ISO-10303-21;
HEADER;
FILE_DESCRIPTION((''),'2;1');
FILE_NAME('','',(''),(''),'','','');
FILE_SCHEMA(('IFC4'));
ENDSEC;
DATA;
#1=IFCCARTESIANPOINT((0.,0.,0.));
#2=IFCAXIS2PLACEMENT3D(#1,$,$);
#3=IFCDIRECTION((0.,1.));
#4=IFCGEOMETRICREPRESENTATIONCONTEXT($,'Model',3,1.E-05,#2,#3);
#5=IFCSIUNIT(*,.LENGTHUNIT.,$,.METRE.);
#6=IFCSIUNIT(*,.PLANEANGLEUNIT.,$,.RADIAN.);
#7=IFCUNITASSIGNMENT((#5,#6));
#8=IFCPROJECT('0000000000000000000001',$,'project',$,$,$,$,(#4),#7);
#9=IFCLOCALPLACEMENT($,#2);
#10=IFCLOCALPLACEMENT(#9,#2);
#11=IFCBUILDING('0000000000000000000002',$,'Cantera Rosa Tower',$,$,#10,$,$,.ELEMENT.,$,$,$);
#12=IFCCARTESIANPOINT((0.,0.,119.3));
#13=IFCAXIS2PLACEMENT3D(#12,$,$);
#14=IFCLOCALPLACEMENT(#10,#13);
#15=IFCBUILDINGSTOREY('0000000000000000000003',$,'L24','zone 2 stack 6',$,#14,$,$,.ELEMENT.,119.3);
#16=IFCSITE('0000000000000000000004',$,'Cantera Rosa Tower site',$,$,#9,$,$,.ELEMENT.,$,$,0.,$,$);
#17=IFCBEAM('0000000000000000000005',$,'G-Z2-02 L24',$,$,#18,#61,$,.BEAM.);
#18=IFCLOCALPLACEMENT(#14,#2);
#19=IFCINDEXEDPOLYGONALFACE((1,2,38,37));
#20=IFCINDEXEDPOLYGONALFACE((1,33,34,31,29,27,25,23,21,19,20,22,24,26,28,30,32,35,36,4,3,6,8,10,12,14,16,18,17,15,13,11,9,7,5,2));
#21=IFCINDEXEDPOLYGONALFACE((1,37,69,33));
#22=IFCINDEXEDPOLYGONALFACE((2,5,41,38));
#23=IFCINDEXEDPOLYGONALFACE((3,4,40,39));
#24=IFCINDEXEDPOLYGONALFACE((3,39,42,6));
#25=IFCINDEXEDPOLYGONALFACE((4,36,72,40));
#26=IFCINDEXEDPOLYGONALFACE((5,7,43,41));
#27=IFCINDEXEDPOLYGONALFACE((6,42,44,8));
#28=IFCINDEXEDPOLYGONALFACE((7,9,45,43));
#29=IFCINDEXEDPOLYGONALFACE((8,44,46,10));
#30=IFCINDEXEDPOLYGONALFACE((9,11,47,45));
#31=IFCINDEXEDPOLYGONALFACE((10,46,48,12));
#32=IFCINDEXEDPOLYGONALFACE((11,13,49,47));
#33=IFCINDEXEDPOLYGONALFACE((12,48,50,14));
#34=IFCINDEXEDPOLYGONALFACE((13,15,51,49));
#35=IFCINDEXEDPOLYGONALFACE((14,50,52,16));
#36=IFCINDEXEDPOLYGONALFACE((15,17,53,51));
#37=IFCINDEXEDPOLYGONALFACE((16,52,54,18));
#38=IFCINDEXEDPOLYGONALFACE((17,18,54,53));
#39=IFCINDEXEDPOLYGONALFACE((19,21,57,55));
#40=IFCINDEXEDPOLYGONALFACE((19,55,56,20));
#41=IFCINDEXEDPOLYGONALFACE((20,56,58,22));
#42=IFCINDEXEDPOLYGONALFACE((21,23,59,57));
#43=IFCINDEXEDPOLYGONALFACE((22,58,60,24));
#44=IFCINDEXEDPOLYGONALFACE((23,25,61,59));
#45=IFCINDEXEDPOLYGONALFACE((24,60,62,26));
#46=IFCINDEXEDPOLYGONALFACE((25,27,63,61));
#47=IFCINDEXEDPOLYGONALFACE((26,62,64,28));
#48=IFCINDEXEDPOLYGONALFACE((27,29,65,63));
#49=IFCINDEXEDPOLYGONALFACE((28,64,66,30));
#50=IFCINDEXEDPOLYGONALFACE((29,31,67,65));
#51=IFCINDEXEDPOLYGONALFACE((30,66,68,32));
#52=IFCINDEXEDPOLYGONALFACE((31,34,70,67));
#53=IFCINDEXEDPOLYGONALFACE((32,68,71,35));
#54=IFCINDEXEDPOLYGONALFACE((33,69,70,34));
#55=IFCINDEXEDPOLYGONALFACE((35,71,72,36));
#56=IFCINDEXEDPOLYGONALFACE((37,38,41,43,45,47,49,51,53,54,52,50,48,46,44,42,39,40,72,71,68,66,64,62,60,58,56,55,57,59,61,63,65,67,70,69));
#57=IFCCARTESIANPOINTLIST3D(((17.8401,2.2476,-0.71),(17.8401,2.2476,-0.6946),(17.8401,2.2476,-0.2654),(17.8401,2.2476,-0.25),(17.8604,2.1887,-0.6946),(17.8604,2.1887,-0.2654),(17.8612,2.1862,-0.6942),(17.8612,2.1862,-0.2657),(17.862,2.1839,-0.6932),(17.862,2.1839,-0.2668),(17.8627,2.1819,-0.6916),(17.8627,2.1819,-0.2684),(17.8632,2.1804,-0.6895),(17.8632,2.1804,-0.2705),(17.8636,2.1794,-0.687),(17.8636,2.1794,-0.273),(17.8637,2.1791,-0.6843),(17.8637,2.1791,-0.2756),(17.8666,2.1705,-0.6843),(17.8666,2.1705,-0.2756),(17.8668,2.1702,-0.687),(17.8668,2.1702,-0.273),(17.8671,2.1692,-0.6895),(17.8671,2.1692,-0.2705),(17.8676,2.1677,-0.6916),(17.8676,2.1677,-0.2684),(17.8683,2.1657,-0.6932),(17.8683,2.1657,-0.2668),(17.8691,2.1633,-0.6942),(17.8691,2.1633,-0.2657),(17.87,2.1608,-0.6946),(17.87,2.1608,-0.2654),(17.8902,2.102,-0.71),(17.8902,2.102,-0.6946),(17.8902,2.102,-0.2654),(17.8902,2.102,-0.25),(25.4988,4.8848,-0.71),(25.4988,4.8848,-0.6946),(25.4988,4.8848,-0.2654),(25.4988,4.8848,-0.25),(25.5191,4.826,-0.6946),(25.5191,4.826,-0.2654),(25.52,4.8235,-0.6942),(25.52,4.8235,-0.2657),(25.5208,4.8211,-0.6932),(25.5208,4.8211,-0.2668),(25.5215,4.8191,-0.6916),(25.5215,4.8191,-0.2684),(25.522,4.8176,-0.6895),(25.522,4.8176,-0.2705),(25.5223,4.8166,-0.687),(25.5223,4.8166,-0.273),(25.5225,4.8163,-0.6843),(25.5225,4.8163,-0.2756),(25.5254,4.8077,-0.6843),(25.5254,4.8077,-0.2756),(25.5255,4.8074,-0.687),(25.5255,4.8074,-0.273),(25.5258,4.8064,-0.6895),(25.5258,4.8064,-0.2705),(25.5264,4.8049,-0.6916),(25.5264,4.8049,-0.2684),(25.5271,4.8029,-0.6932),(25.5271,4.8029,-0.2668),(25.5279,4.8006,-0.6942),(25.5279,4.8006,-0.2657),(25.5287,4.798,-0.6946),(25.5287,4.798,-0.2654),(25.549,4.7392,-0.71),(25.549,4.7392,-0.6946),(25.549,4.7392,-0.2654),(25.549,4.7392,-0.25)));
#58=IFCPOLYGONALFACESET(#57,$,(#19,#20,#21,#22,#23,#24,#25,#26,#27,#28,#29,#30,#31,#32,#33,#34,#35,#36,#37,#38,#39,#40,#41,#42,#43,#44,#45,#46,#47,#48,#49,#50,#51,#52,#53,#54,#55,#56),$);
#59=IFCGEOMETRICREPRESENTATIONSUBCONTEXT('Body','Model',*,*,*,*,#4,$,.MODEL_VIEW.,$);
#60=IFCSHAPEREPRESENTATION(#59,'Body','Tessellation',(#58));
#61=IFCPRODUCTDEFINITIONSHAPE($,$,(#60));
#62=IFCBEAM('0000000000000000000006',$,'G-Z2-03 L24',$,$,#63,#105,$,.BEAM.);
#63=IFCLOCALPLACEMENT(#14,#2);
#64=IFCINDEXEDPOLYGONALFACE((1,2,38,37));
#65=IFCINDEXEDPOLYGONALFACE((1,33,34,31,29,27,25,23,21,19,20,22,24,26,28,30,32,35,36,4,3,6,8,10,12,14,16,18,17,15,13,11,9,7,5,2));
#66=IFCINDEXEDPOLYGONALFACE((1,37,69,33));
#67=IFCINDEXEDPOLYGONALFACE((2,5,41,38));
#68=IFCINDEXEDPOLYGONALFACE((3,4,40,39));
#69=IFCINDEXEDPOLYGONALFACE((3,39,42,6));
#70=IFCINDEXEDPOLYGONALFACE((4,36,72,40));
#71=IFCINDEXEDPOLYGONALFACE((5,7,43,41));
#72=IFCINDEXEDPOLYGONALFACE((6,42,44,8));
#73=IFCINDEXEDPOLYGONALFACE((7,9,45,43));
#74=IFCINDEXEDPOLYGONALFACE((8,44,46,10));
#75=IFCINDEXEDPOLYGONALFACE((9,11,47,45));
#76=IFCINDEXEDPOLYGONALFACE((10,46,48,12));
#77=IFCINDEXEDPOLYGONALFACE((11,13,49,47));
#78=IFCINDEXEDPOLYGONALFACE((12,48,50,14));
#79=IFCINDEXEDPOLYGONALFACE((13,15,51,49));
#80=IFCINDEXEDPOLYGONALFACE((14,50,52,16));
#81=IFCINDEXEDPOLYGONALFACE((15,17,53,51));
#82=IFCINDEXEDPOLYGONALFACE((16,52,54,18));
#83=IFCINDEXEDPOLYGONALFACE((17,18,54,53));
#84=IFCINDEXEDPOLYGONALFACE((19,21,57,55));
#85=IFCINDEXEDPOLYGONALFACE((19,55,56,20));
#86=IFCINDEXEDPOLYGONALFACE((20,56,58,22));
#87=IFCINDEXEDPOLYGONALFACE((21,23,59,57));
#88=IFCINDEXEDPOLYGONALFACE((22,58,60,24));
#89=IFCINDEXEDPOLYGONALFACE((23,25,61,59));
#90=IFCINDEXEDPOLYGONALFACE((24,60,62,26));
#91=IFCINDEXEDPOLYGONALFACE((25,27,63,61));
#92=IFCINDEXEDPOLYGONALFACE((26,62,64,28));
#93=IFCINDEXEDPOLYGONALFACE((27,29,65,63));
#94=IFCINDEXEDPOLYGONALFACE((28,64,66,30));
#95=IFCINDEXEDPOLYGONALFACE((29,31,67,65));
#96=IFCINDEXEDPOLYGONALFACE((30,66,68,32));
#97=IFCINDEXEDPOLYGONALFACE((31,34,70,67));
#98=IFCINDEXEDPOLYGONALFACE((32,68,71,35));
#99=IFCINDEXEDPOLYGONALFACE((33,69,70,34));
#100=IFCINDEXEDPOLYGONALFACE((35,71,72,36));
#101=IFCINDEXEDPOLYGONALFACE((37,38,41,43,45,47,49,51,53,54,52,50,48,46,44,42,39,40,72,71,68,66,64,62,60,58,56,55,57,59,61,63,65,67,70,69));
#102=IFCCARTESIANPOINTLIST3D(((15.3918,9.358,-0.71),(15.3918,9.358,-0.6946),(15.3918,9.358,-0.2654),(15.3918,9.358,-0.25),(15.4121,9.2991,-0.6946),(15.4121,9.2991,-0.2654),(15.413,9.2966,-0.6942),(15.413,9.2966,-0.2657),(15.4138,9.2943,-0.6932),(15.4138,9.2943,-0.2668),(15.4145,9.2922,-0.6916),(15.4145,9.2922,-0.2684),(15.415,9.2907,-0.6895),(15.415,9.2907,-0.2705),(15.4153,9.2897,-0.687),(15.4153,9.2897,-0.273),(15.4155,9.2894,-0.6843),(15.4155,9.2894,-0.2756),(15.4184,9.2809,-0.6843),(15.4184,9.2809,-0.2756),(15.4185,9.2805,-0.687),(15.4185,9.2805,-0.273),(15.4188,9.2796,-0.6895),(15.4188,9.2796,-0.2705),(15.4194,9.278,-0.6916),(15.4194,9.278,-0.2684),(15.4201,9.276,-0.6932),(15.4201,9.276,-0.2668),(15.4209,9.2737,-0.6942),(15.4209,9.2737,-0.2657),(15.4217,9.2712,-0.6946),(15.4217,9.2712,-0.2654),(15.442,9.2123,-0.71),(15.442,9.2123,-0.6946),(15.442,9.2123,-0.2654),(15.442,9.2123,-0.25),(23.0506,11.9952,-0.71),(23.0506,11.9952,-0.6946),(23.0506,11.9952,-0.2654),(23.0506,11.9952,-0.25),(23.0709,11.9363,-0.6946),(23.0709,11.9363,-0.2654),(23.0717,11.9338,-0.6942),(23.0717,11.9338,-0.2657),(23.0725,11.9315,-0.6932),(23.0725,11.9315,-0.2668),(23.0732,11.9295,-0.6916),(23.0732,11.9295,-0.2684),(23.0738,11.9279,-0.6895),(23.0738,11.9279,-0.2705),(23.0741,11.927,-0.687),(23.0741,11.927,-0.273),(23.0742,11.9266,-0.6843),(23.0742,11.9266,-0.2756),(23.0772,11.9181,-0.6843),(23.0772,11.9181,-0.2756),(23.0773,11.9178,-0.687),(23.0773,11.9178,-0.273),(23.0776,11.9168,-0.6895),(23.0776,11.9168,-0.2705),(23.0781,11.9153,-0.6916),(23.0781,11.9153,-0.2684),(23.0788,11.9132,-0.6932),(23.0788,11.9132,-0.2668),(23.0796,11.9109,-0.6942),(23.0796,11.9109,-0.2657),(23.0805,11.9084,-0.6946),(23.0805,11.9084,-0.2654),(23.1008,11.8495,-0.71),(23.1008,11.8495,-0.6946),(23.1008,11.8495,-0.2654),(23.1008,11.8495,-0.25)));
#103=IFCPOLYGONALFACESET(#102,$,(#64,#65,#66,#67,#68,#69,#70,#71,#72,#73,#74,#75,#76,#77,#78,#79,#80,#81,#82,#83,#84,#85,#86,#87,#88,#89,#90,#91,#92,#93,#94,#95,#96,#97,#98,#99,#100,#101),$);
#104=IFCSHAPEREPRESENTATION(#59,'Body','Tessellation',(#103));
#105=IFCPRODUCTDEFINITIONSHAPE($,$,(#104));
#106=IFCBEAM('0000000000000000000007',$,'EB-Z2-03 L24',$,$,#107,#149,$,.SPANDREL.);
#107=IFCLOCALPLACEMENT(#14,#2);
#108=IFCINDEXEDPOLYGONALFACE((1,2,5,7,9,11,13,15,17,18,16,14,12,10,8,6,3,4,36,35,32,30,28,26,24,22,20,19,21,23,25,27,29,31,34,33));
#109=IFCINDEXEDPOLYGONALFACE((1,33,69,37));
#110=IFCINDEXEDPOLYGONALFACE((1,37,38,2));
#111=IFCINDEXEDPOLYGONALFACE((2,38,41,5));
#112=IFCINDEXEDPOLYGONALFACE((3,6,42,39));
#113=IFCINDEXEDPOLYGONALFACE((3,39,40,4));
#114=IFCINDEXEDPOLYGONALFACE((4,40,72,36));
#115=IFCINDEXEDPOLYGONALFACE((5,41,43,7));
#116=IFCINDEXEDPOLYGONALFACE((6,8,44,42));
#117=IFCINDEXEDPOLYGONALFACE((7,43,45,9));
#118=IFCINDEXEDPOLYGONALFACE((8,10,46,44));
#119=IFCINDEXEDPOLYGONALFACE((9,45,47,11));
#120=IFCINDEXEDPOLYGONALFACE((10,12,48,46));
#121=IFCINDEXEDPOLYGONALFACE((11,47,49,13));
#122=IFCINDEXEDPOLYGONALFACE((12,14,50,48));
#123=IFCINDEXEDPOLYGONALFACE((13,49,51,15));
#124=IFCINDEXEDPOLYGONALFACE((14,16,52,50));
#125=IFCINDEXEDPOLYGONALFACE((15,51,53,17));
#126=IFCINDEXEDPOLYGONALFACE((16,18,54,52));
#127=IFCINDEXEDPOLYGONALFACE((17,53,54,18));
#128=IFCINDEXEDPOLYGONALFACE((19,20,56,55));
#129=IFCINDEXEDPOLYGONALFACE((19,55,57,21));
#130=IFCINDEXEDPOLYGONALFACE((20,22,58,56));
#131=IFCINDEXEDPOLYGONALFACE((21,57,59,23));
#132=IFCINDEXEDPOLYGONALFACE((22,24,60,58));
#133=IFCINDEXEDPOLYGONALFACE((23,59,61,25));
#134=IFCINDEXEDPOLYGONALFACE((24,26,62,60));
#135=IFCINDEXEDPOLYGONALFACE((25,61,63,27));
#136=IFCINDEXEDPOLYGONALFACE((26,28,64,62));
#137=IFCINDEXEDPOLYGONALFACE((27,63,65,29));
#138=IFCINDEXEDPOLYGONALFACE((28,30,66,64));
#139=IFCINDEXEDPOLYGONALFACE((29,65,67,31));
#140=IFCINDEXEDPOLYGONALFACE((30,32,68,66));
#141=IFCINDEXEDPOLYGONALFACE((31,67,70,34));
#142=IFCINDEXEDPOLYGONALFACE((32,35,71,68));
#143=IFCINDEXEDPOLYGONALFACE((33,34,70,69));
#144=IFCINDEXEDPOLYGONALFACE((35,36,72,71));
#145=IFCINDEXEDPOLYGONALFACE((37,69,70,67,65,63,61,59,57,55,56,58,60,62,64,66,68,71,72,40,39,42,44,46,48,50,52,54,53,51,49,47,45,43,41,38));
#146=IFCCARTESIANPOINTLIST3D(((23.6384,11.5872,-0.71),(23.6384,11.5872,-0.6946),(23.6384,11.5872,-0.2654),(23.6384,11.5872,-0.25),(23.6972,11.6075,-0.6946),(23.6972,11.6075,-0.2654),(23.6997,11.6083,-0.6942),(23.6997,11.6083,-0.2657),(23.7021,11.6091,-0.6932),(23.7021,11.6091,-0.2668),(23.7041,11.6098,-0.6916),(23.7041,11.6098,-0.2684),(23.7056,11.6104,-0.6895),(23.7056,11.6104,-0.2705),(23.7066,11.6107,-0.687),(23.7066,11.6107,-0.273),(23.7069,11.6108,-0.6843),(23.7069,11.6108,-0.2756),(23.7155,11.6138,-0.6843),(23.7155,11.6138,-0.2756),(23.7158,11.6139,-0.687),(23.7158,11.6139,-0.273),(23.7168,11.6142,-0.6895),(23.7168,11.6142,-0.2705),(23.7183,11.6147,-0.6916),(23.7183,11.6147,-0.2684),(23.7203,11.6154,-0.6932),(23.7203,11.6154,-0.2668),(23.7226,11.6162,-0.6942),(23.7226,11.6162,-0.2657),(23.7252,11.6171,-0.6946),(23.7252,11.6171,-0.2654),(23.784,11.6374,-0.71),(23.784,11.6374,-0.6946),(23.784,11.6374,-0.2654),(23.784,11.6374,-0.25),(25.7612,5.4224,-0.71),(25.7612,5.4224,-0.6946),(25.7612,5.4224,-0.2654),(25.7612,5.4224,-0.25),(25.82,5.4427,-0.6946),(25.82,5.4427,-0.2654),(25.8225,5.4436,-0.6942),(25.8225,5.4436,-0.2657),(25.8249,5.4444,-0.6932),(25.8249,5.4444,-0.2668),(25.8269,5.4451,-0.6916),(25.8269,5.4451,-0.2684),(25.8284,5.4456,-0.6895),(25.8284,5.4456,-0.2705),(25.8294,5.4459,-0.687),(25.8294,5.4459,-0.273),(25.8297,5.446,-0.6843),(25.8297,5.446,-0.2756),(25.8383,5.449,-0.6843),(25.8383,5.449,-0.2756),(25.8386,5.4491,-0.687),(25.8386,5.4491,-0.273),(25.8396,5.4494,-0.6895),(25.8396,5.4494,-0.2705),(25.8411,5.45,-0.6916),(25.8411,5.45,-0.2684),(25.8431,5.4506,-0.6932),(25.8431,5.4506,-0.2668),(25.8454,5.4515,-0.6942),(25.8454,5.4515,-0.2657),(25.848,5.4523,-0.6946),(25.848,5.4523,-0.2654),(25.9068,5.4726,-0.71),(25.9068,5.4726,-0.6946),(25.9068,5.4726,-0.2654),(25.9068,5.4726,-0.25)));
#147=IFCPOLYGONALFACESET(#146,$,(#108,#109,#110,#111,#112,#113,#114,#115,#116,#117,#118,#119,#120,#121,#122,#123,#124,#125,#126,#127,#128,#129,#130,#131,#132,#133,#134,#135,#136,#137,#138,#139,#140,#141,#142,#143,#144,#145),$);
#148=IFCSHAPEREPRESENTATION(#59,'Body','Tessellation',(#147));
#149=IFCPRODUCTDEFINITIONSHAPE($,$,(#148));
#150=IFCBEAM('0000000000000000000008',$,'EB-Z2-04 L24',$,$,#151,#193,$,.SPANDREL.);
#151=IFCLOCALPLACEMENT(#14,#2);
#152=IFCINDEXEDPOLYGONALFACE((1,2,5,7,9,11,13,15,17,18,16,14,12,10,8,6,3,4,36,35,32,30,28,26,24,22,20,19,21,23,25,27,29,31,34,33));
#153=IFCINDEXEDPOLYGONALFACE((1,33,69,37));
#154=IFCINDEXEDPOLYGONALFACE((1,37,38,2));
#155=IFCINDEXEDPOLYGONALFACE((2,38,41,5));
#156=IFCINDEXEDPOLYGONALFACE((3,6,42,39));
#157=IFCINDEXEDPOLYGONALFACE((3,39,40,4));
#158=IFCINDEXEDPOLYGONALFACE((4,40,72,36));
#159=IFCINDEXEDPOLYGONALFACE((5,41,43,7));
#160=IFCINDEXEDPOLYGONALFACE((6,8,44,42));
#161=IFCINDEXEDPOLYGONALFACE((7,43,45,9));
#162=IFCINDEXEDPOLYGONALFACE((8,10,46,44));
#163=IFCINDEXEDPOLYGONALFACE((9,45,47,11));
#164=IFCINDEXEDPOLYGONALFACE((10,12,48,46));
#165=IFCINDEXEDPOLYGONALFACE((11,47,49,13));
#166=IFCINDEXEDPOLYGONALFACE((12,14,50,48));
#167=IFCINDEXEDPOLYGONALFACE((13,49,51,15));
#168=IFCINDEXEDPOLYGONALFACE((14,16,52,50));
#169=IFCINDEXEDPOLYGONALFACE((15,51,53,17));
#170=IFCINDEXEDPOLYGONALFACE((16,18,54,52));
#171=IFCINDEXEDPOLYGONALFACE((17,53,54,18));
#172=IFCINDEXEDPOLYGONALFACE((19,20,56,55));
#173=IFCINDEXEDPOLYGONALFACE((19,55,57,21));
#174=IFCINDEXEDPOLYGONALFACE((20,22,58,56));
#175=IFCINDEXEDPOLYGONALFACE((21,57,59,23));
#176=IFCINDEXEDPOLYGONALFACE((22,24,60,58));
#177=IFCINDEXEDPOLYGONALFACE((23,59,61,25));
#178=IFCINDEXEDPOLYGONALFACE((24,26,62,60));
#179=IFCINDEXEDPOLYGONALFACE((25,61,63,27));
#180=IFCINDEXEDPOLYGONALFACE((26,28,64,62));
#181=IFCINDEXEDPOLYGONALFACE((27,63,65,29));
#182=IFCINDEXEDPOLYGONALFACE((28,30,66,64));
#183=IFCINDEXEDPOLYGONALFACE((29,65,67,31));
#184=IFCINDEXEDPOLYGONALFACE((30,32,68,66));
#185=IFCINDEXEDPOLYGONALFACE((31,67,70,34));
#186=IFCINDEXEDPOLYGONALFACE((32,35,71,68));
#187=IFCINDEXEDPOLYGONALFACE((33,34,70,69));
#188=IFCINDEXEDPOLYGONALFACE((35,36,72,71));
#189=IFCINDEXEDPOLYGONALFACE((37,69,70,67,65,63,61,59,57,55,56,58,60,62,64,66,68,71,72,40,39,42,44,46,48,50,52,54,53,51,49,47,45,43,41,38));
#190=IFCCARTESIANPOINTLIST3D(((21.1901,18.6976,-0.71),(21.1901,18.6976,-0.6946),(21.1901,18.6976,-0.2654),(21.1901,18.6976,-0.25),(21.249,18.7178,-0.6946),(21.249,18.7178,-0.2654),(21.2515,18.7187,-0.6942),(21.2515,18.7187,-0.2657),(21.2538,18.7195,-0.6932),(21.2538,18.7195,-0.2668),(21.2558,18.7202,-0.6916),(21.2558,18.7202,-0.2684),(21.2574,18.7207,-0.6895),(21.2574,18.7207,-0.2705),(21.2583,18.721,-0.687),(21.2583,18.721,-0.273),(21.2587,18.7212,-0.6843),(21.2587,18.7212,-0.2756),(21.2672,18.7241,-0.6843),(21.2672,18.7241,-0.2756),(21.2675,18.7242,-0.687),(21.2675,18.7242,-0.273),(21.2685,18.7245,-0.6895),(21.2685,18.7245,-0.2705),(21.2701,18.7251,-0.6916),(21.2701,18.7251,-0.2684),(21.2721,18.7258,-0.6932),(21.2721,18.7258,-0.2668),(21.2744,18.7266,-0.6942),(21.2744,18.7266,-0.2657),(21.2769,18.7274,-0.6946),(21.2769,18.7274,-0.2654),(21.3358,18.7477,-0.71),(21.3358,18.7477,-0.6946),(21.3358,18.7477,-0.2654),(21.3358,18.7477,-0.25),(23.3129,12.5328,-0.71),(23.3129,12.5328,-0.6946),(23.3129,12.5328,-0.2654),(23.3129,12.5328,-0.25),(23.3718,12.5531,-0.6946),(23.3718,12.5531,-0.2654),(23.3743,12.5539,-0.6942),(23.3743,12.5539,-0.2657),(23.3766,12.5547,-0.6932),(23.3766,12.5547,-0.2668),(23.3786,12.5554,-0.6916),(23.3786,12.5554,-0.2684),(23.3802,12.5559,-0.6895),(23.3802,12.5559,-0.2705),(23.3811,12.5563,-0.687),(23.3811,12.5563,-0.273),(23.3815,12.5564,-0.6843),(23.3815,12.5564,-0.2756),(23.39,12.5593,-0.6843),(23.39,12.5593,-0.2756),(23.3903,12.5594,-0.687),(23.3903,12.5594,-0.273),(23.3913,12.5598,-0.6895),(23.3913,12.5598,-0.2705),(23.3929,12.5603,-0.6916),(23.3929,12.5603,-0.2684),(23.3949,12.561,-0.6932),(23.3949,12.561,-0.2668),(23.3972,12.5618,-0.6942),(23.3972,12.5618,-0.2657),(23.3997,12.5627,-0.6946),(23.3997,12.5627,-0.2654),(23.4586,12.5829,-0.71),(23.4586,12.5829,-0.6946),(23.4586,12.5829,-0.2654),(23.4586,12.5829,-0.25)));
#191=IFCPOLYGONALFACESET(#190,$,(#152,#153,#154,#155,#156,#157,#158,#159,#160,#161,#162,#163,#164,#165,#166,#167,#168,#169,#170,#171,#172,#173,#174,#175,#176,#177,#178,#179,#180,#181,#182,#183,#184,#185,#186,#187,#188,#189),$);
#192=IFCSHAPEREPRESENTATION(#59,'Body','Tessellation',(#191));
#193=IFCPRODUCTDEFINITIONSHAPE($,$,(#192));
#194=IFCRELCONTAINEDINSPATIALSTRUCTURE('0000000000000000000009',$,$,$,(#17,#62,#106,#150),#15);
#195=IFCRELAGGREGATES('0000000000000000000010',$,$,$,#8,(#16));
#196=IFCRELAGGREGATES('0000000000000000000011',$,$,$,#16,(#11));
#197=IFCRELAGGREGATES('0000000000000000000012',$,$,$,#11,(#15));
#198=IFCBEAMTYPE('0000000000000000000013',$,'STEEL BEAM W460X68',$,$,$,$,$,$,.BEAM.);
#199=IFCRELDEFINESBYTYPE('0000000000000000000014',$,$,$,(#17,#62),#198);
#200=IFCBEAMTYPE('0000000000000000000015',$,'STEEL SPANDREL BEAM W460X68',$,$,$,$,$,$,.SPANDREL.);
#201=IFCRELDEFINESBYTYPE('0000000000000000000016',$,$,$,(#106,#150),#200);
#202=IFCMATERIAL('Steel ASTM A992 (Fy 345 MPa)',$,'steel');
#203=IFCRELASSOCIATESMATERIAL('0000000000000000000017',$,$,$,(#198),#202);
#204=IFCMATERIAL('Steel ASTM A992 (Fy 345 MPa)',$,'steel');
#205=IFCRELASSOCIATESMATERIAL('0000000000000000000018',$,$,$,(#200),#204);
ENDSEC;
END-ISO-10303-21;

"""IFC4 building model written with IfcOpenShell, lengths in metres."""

from ifc_helpers import new_model, si_unit, direction, frame, origin, origin_2d, place, context, subcontext, project, spatial, i_section, extrude, material, material_profile, profile_set, type_object, element, save


model = new_model("IFC4")

# Units and contexts
model_context = context("Model", 3, precision=1e-05, world=origin(), true_north=direction((0.0, 1.0)))
body_context = subcontext(model_context, "Body", "Model", "MODEL_VIEW")
ifc_project = project(units=[si_unit("LENGTHUNIT", "METRE"), si_unit("PLANEANGLEUNIT", "RADIAN")], contexts=[model_context])

# Site, building, storey
site_placement = place(None, origin())
site = spatial("IfcSite", under=ifc_project, at=site_placement, Name="Cantera Rosa Tower site", CompositionType="ELEMENT", RefElevation=0.0)
building_placement = place(site_placement, origin())
building = spatial("IfcBuilding", under=site, at=building_placement, Name="Cantera Rosa Tower", CompositionType="ELEMENT")
storey_placement = place(building_placement, frame((0.0, 0.0, 119.3)))
storey = spatial("IfcBuildingStorey", under=building, at=storey_placement, Name="L24", Description="zone 2 stack 6", CompositionType="ELEMENT", Elevation=119.3)

# Beams
ifc_material_1 = material(Name="Steel ASTM A992 (Fy 345 MPa)", Category="steel")
ifc_material_profile_1 = material_profile(ifc_material_1, i_section(OverallWidth=0.1541, OverallDepth=0.46, WebThickness=0.009, FlangeThickness=0.0154, FilletRadius=0.0103, at=origin_2d()), Name="W460X68")
ifc_profile_set_1 = profile_set([ifc_material_profile_1], Name="Steel ASTM A992 (Fy 345 MPa)")
beam_type_1 = type_object("IfcBeamType", Name="STEEL BEAM W460X68", PredefinedType="BEAM", material=ifc_profile_set_1)
for number, where, z_axis, x_axis, name in (
    (1, (25.5239, 4.812, -0.48), (-0.945514, -0.32558, 0.0), (0.32558, -0.945514, 0.0), "G-Z2-02 L24"),
    (2, (23.0757, 11.9224, -0.48), (-0.945514, -0.32558, 0.0), (0.32558, -0.945514, 0.0), "G-Z2-03 L24"),
):
    element("IfcBeam", number, at=place(storey_placement, frame(where, z_axis=z_axis, x_axis=x_axis)), inside=storey, type_object=beam_type_1, Name=name, PredefinedType="BEAM", context=body_context, shape_type="SweptSolid", body=[
        extrude(i_section(OverallWidth=0.1541, OverallDepth=0.46, WebThickness=0.009, FlangeThickness=0.0154, FilletRadius=0.0103, at=origin_2d()), origin(), (0.0, 0.0, 1.0), 8.1001),
    ])
ifc_material_2 = material(Name="Steel ASTM A992 (Fy 345 MPa)", Category="steel")
ifc_material_profile_2 = material_profile(ifc_material_2, i_section(OverallWidth=0.1541, OverallDepth=0.46, WebThickness=0.009, FlangeThickness=0.0154, FilletRadius=0.0103, at=origin_2d()), Name="W460X68")
ifc_profile_set_2 = profile_set([ifc_material_profile_2], Name="Steel ASTM A992 (Fy 345 MPa)")
beam_type_2 = type_object("IfcBeamType", Name="STEEL SPANDREL BEAM W460X68", PredefinedType="SPANDREL", material=ifc_profile_set_2)
for number, where, z_axis, x_axis, name in (
    (3, (25.834, 5.4475, -0.48), (-0.325581, 0.945514, 0.0), (-0.945514, -0.325581, 0.0), "EB-Z2-03 L24"),
    (4, (23.3857, 12.5579, -0.48), (-0.325581, 0.945514, 0.0), (-0.945514, -0.325581, 0.0), "EB-Z2-04 L24"),
):
    element("IfcBeam", number, at=place(storey_placement, frame(where, z_axis=z_axis, x_axis=x_axis)), inside=storey, type_object=beam_type_2, Name=name, PredefinedType="SPANDREL", context=body_context, shape_type="SweptSolid", body=[
        extrude(i_section(OverallWidth=0.1541, OverallDepth=0.46, WebThickness=0.009, FlangeThickness=0.0154, FilletRadius=0.0103, at=origin_2d()), origin(), (0.0, 0.0, 1.0), 6.52),
    ])

save(model, "model.ifc")
